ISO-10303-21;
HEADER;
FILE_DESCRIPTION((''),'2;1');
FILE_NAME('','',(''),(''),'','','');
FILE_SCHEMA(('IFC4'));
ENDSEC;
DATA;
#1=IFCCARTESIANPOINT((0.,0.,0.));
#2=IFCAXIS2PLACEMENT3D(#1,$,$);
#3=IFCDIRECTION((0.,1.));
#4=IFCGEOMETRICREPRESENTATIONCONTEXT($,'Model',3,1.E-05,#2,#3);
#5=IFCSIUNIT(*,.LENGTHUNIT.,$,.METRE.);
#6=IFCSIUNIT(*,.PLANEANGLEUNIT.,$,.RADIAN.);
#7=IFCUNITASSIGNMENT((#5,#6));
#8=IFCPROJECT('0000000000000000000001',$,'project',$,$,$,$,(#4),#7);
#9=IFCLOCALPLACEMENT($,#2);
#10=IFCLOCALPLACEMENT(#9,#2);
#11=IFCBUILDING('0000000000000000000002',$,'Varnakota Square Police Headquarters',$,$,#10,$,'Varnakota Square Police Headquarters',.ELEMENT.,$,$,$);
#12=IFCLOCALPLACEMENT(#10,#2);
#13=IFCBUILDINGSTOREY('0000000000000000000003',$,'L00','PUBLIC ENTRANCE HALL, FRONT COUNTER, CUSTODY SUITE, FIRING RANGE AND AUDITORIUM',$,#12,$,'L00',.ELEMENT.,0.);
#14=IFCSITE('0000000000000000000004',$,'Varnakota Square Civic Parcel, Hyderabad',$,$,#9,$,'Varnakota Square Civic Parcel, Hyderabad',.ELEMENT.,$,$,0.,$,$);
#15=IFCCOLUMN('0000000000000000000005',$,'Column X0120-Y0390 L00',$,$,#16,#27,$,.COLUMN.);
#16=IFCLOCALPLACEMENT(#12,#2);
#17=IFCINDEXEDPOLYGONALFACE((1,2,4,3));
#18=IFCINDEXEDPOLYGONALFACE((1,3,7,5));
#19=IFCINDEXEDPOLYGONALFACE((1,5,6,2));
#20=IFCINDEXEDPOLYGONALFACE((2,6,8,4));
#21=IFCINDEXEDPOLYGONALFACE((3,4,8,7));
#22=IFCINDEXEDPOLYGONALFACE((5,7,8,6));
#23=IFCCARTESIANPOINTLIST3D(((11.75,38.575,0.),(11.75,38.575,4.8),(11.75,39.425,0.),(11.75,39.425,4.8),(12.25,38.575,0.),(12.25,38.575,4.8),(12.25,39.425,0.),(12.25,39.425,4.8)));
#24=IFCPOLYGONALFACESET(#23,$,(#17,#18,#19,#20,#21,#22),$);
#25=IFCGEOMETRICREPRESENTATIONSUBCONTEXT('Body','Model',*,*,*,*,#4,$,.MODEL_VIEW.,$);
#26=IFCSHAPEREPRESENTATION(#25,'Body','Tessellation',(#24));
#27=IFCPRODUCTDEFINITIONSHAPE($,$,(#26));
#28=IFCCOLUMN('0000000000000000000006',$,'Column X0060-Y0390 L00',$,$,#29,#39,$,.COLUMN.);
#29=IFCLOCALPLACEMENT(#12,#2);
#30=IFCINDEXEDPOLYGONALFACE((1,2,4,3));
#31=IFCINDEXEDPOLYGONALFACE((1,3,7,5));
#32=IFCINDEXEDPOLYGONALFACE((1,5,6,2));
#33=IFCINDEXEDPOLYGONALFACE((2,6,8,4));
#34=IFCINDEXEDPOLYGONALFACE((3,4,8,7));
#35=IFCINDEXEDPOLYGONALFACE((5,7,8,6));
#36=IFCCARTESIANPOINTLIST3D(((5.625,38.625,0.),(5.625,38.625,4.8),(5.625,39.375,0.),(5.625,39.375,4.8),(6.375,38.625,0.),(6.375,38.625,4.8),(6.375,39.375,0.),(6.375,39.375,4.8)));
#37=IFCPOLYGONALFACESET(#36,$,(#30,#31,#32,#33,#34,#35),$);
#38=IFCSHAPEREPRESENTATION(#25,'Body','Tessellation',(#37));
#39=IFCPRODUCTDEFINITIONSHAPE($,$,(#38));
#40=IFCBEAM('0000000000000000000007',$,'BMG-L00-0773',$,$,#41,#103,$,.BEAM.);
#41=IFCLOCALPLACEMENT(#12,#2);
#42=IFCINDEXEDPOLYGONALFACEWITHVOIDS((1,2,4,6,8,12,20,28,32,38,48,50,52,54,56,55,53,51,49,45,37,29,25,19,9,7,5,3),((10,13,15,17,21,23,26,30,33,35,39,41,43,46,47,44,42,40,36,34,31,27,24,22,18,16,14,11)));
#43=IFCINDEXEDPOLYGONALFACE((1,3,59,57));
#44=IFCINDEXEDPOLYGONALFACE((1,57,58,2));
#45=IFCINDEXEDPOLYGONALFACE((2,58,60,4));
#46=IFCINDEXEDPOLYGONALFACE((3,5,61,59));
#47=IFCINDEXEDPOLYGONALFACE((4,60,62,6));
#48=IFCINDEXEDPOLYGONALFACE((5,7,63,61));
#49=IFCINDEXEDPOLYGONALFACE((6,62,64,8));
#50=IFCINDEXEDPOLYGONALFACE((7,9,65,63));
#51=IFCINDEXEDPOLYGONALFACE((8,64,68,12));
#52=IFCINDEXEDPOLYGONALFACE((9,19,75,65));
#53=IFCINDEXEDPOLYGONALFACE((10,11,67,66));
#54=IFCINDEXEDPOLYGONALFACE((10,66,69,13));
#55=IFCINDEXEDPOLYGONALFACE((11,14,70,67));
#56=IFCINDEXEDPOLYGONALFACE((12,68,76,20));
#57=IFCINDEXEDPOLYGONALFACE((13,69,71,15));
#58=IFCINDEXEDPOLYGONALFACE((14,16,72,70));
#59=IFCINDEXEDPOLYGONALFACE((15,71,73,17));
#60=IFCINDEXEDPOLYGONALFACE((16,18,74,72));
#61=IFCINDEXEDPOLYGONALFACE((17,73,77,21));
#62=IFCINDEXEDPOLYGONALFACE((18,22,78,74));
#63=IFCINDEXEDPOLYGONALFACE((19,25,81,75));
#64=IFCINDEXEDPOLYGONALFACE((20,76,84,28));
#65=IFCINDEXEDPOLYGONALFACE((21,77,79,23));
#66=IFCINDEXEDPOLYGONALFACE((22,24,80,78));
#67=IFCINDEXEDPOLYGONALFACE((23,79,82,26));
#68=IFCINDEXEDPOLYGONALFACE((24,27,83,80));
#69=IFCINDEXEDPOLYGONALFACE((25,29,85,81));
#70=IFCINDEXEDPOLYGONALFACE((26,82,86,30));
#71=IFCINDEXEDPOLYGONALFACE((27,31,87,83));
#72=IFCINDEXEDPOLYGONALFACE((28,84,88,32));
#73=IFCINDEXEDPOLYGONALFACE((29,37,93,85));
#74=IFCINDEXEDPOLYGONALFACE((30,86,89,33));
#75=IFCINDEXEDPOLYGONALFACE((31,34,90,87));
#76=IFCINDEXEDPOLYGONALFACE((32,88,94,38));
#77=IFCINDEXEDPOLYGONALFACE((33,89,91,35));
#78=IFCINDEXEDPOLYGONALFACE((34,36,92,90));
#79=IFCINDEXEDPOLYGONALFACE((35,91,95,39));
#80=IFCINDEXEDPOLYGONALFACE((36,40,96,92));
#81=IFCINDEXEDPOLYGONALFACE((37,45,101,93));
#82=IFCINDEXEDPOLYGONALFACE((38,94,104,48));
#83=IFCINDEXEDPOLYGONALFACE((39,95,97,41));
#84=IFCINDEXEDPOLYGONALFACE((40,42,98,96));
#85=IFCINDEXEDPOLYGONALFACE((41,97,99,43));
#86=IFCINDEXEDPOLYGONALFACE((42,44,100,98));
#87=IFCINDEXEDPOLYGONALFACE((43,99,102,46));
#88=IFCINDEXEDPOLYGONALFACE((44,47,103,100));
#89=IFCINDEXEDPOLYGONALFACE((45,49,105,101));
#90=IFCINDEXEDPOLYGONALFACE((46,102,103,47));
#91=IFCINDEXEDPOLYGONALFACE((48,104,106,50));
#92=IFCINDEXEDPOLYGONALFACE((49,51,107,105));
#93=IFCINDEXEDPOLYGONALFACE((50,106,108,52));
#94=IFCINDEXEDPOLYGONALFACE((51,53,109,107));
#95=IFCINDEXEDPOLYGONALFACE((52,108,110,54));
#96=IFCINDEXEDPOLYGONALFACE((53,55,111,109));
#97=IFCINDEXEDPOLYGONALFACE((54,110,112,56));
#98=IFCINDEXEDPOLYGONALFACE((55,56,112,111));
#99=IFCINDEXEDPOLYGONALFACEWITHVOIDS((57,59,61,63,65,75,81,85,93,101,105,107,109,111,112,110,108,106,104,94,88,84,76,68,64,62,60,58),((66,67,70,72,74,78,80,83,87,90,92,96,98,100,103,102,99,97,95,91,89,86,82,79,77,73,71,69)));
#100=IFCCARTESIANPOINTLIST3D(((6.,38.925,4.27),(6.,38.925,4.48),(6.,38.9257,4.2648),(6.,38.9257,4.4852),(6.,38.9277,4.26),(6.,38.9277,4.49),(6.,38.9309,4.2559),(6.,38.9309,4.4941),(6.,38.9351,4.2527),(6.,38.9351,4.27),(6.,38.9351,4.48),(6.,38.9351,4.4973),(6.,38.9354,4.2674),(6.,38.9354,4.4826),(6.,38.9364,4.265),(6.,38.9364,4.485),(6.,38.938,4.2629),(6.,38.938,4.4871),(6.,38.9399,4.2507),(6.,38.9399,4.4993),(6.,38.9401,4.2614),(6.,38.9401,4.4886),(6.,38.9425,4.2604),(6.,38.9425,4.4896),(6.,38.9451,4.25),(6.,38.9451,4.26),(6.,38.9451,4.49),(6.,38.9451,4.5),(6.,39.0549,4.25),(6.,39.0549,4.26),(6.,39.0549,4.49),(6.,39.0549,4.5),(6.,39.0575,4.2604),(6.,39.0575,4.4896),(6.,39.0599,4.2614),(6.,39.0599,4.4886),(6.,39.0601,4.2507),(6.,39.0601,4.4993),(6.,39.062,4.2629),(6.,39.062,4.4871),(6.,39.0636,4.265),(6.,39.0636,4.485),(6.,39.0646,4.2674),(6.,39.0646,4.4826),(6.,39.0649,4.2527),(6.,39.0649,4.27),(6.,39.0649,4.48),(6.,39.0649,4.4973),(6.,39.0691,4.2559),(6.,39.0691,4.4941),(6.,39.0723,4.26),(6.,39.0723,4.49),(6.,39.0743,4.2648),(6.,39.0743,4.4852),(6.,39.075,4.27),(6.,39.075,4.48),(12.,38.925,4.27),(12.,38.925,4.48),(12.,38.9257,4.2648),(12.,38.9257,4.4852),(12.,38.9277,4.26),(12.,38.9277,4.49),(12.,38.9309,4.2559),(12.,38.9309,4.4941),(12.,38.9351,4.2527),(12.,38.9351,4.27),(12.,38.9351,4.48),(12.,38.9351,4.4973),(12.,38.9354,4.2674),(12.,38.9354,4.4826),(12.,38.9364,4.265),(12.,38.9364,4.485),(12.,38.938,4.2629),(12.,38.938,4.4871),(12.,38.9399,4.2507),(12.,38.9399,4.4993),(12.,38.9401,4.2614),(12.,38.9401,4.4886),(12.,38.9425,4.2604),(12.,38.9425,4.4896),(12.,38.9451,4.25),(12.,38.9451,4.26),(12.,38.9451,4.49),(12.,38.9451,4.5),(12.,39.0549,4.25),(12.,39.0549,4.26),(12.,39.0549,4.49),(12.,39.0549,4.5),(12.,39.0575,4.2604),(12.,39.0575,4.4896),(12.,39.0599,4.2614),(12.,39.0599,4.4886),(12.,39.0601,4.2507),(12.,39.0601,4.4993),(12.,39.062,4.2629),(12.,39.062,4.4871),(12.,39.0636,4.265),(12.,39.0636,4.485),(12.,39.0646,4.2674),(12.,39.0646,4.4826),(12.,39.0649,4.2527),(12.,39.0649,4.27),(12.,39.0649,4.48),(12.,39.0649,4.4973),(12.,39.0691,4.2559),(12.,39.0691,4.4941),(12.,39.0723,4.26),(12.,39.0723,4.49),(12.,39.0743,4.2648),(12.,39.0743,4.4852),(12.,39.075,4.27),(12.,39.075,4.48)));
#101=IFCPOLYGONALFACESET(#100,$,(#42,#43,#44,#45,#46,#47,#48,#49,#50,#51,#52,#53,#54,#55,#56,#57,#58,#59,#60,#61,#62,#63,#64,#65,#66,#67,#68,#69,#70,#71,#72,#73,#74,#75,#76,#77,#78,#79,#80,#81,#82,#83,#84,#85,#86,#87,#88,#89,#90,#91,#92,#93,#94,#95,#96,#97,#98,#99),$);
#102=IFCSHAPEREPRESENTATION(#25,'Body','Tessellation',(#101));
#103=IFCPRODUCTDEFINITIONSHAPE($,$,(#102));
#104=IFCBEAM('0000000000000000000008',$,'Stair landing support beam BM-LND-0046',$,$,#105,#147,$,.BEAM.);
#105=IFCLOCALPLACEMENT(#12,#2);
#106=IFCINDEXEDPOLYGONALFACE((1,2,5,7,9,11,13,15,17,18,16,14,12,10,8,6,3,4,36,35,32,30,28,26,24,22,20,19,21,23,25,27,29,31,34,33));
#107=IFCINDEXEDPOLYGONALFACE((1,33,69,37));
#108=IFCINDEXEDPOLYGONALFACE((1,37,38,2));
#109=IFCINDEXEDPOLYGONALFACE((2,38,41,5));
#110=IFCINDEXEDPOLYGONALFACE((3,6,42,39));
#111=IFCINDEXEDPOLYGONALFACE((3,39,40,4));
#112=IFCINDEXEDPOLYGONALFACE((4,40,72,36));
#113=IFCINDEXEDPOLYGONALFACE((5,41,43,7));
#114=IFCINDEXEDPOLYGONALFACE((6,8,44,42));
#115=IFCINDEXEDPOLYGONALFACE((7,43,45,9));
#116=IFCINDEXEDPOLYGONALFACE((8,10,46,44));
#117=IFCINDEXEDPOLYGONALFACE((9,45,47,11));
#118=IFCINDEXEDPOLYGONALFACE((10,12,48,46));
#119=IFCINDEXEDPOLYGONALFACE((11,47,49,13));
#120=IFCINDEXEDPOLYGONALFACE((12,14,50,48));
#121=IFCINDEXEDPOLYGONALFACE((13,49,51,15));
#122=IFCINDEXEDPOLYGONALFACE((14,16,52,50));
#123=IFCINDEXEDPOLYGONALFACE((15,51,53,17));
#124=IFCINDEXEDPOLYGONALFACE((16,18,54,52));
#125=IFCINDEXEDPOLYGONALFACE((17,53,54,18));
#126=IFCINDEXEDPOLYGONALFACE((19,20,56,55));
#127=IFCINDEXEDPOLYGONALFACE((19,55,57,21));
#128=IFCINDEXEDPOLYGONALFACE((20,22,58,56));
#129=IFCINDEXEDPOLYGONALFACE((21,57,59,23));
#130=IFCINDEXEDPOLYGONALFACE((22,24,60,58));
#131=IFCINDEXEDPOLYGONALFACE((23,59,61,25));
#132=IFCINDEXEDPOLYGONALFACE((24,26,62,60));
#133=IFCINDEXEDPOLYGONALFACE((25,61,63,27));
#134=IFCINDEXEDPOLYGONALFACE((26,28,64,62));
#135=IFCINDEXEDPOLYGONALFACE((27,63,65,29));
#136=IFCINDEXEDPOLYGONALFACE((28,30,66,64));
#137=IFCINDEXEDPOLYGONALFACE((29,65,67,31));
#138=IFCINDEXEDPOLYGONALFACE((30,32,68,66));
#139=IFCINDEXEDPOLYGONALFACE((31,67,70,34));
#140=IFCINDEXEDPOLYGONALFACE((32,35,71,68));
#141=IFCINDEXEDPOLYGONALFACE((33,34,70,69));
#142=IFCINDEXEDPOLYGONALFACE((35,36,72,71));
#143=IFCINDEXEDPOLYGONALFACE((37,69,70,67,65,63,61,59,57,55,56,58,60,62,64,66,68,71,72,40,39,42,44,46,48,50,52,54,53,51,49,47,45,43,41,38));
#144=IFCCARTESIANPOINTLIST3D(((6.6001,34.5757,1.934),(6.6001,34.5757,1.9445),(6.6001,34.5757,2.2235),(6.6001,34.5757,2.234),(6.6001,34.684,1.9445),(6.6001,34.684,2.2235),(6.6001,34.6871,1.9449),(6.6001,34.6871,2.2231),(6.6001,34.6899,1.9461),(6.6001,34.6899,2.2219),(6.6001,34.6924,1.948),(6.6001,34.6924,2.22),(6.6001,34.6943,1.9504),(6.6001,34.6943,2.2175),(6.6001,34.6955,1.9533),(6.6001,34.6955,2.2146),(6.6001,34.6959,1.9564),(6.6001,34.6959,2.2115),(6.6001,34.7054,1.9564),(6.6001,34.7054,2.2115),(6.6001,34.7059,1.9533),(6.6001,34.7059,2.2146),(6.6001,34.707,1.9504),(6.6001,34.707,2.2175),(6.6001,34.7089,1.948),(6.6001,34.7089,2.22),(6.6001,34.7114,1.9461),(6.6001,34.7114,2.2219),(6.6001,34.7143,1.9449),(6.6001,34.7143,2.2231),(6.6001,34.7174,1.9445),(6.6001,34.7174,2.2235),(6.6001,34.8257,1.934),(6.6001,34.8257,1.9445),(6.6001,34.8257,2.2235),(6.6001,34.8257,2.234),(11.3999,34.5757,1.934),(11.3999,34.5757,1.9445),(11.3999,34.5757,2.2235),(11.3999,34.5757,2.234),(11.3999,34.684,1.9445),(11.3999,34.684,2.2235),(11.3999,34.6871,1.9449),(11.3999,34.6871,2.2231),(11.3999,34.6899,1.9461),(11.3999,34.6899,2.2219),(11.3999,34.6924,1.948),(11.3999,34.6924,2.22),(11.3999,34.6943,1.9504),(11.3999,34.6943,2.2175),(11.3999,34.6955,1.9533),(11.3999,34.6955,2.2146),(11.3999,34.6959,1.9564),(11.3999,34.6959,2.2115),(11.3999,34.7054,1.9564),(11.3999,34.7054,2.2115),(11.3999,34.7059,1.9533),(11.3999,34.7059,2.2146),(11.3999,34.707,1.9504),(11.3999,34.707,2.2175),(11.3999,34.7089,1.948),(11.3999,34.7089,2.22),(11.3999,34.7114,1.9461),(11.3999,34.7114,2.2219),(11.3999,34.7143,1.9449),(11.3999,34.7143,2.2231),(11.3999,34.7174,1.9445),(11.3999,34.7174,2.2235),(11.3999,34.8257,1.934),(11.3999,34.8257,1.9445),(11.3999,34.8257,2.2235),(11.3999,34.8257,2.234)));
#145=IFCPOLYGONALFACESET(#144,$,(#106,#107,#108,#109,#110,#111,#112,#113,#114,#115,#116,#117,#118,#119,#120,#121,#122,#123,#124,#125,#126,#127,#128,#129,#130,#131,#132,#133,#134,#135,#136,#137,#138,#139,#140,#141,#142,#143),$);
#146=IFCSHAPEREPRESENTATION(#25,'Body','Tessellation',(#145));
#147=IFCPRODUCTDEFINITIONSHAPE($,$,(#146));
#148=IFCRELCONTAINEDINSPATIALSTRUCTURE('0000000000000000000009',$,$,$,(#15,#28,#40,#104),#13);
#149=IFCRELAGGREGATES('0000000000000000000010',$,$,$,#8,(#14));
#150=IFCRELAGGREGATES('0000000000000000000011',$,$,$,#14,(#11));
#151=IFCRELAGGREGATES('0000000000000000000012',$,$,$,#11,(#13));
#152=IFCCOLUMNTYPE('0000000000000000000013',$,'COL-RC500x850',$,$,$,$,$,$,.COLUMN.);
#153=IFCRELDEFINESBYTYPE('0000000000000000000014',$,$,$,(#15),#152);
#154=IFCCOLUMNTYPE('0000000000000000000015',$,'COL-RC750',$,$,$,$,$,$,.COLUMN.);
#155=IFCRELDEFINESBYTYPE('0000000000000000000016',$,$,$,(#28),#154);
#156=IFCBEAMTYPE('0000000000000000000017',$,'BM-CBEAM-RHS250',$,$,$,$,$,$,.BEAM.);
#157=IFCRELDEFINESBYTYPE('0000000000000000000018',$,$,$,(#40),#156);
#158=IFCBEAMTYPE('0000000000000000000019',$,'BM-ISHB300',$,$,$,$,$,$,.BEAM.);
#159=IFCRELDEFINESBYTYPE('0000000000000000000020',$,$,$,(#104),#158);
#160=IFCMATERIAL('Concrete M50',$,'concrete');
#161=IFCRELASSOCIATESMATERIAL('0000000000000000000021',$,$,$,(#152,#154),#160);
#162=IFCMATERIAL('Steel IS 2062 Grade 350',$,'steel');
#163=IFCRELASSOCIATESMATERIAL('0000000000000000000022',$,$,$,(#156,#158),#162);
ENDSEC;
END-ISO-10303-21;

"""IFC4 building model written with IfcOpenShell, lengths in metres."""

from ifc_helpers import new_model, si_unit, direction, frame, origin, origin_2d, place, context, subcontext, project, spatial, rectangle, hollow_rectangle, i_section, extrude, material, material_profile, profile_set, type_object, element, save


model = new_model("IFC4")

# Units and contexts
model_context = context("Model", 3, precision=1e-05, world=origin(), true_north=direction((0.0, 1.0)))
body_context = subcontext(model_context, "Body", "Model", "MODEL_VIEW")
ifc_project = project(units=[si_unit("LENGTHUNIT", "METRE"), si_unit("PLANEANGLEUNIT", "RADIAN")], contexts=[model_context])

# Site, building, storey
site_placement = place(None, origin())
site = spatial("IfcSite", under=ifc_project, at=site_placement, Name="Varnakota Square Civic Parcel, Hyderabad", LongName="Varnakota Square Civic Parcel, Hyderabad", CompositionType="ELEMENT", RefElevation=0.0)
building_placement = place(site_placement, origin())
building = spatial("IfcBuilding", under=site, at=building_placement, Name="Varnakota Square Police Headquarters", LongName="Varnakota Square Police Headquarters", CompositionType="ELEMENT")
storey_placement = place(building_placement, origin())
storey = spatial("IfcBuildingStorey", under=building, at=storey_placement, Name="L00", Description="PUBLIC ENTRANCE HALL, FRONT COUNTER, CUSTODY SUITE, FIRING RANGE AND AUDITORIUM", LongName="L00", CompositionType="ELEMENT", Elevation=0.0)

# Columns
ifc_material_1 = material(Name="Concrete M50", Category="concrete")
ifc_material_profile_1 = material_profile(ifc_material_1, rectangle(XDim=0.5, YDim=0.8501, at=origin_2d()), Name="RC 500x850")
ifc_profile_set_1 = profile_set([ifc_material_profile_1], Name="Concrete M50")
column_type_1 = type_object("IfcColumnType", Name="COL-RC500x850", PredefinedType="COLUMN", material=ifc_profile_set_1)
column_1_placement = place(storey_placement, frame((12.0, 39.0, 0.0), z_axis=(0.0, 0.0, 1.0), x_axis=(1.0, 0.0, 0.0)))
element("IfcColumn", 1, at=column_1_placement, inside=storey, type_object=column_type_1, Name="Column X0120-Y0390 L00", PredefinedType="COLUMN", context=body_context, shape_type="SweptSolid", body=[
    extrude(rectangle(XDim=0.5, YDim=0.8501, at=origin_2d()), origin(), (0.0, 0.0, 1.0), 4.8),
])
ifc_material_profile_2 = material_profile(ifc_material_1, rectangle(XDim=0.75, YDim=0.75, at=origin_2d()), Name="RC 750x750")
ifc_profile_set_2 = profile_set([ifc_material_profile_2], Name="Concrete M50")
column_type_2 = type_object("IfcColumnType", Name="COL-RC750", PredefinedType="COLUMN", material=ifc_profile_set_2)
column_2_placement = place(storey_placement, frame((6.0, 39.0, 0.0), z_axis=(0.0, 0.0, 1.0), x_axis=(1.0, 0.0, 0.0)))
element("IfcColumn", 2, at=column_2_placement, inside=storey, type_object=column_type_2, Name="Column X0060-Y0390 L00", PredefinedType="COLUMN", context=body_context, shape_type="SweptSolid", body=[
    extrude(rectangle(XDim=0.75, YDim=0.75, at=origin_2d()), origin(), (0.0, 0.0, 1.0), 4.8),
])

# Beams
ifc_material_2 = material(Name="Steel IS 2062 Grade 350", Category="steel")
ifc_material_profile_3 = material_profile(ifc_material_2, hollow_rectangle(XDim=0.1499, YDim=0.25, WallThickness=0.01, InnerFilletRadius=0.01, OuterFilletRadius=0.02, at=origin_2d()), Name="RHS 250x150x10")
ifc_profile_set_3 = profile_set([ifc_material_profile_3], Name="Steel IS 2062 Grade 350")
beam_type_1 = type_object("IfcBeamType", Name="BM-CBEAM-RHS250", PredefinedType="BEAM", material=ifc_profile_set_3)
beam_1_placement = place(storey_placement, frame((6.0, 39.0, 4.375), z_axis=(1.0, 0.0, 0.0), x_axis=(0.0, 1.0, 0.0)))
element("IfcBeam", 3, at=beam_1_placement, inside=storey, type_object=beam_type_1, Name="BMG-L00-0773", PredefinedType="BEAM", context=body_context, shape_type="SweptSolid", body=[
    extrude(hollow_rectangle(XDim=0.1499, YDim=0.25, WallThickness=0.01, InnerFilletRadius=0.01, OuterFilletRadius=0.02, at=origin_2d()), origin(), (0.0, 0.0, 1.0), 6.0),
])
ifc_material_profile_4 = material_profile(ifc_material_2, i_section(OverallWidth=0.25, OverallDepth=0.3, WebThickness=0.0095, FlangeThickness=0.0105, FilletRadius=0.012, at=origin_2d()), Name="ISHB 300")
ifc_profile_set_4 = profile_set([ifc_material_profile_4], Name="Steel IS 2062 Grade 350")
beam_type_2 = type_object("IfcBeamType", Name="BM-ISHB300", PredefinedType="BEAM", material=ifc_profile_set_4)
beam_2_placement = place(storey_placement, frame((6.6001, 34.7007, 2.084), z_axis=(1.0, 0.0, 0.0), x_axis=(0.0, 1.0, 0.0)))
element("IfcBeam", 4, at=beam_2_placement, inside=storey, type_object=beam_type_2, Name="Stair landing support beam BM-LND-0046", PredefinedType="BEAM", context=body_context, shape_type="SweptSolid", body=[
    extrude(i_section(OverallWidth=0.25, OverallDepth=0.3, WebThickness=0.0095, FlangeThickness=0.0105, FilletRadius=0.012, at=origin_2d()), origin(), (0.0, 0.0, 1.0), 4.7998),
])

save(model, "model.ifc")
